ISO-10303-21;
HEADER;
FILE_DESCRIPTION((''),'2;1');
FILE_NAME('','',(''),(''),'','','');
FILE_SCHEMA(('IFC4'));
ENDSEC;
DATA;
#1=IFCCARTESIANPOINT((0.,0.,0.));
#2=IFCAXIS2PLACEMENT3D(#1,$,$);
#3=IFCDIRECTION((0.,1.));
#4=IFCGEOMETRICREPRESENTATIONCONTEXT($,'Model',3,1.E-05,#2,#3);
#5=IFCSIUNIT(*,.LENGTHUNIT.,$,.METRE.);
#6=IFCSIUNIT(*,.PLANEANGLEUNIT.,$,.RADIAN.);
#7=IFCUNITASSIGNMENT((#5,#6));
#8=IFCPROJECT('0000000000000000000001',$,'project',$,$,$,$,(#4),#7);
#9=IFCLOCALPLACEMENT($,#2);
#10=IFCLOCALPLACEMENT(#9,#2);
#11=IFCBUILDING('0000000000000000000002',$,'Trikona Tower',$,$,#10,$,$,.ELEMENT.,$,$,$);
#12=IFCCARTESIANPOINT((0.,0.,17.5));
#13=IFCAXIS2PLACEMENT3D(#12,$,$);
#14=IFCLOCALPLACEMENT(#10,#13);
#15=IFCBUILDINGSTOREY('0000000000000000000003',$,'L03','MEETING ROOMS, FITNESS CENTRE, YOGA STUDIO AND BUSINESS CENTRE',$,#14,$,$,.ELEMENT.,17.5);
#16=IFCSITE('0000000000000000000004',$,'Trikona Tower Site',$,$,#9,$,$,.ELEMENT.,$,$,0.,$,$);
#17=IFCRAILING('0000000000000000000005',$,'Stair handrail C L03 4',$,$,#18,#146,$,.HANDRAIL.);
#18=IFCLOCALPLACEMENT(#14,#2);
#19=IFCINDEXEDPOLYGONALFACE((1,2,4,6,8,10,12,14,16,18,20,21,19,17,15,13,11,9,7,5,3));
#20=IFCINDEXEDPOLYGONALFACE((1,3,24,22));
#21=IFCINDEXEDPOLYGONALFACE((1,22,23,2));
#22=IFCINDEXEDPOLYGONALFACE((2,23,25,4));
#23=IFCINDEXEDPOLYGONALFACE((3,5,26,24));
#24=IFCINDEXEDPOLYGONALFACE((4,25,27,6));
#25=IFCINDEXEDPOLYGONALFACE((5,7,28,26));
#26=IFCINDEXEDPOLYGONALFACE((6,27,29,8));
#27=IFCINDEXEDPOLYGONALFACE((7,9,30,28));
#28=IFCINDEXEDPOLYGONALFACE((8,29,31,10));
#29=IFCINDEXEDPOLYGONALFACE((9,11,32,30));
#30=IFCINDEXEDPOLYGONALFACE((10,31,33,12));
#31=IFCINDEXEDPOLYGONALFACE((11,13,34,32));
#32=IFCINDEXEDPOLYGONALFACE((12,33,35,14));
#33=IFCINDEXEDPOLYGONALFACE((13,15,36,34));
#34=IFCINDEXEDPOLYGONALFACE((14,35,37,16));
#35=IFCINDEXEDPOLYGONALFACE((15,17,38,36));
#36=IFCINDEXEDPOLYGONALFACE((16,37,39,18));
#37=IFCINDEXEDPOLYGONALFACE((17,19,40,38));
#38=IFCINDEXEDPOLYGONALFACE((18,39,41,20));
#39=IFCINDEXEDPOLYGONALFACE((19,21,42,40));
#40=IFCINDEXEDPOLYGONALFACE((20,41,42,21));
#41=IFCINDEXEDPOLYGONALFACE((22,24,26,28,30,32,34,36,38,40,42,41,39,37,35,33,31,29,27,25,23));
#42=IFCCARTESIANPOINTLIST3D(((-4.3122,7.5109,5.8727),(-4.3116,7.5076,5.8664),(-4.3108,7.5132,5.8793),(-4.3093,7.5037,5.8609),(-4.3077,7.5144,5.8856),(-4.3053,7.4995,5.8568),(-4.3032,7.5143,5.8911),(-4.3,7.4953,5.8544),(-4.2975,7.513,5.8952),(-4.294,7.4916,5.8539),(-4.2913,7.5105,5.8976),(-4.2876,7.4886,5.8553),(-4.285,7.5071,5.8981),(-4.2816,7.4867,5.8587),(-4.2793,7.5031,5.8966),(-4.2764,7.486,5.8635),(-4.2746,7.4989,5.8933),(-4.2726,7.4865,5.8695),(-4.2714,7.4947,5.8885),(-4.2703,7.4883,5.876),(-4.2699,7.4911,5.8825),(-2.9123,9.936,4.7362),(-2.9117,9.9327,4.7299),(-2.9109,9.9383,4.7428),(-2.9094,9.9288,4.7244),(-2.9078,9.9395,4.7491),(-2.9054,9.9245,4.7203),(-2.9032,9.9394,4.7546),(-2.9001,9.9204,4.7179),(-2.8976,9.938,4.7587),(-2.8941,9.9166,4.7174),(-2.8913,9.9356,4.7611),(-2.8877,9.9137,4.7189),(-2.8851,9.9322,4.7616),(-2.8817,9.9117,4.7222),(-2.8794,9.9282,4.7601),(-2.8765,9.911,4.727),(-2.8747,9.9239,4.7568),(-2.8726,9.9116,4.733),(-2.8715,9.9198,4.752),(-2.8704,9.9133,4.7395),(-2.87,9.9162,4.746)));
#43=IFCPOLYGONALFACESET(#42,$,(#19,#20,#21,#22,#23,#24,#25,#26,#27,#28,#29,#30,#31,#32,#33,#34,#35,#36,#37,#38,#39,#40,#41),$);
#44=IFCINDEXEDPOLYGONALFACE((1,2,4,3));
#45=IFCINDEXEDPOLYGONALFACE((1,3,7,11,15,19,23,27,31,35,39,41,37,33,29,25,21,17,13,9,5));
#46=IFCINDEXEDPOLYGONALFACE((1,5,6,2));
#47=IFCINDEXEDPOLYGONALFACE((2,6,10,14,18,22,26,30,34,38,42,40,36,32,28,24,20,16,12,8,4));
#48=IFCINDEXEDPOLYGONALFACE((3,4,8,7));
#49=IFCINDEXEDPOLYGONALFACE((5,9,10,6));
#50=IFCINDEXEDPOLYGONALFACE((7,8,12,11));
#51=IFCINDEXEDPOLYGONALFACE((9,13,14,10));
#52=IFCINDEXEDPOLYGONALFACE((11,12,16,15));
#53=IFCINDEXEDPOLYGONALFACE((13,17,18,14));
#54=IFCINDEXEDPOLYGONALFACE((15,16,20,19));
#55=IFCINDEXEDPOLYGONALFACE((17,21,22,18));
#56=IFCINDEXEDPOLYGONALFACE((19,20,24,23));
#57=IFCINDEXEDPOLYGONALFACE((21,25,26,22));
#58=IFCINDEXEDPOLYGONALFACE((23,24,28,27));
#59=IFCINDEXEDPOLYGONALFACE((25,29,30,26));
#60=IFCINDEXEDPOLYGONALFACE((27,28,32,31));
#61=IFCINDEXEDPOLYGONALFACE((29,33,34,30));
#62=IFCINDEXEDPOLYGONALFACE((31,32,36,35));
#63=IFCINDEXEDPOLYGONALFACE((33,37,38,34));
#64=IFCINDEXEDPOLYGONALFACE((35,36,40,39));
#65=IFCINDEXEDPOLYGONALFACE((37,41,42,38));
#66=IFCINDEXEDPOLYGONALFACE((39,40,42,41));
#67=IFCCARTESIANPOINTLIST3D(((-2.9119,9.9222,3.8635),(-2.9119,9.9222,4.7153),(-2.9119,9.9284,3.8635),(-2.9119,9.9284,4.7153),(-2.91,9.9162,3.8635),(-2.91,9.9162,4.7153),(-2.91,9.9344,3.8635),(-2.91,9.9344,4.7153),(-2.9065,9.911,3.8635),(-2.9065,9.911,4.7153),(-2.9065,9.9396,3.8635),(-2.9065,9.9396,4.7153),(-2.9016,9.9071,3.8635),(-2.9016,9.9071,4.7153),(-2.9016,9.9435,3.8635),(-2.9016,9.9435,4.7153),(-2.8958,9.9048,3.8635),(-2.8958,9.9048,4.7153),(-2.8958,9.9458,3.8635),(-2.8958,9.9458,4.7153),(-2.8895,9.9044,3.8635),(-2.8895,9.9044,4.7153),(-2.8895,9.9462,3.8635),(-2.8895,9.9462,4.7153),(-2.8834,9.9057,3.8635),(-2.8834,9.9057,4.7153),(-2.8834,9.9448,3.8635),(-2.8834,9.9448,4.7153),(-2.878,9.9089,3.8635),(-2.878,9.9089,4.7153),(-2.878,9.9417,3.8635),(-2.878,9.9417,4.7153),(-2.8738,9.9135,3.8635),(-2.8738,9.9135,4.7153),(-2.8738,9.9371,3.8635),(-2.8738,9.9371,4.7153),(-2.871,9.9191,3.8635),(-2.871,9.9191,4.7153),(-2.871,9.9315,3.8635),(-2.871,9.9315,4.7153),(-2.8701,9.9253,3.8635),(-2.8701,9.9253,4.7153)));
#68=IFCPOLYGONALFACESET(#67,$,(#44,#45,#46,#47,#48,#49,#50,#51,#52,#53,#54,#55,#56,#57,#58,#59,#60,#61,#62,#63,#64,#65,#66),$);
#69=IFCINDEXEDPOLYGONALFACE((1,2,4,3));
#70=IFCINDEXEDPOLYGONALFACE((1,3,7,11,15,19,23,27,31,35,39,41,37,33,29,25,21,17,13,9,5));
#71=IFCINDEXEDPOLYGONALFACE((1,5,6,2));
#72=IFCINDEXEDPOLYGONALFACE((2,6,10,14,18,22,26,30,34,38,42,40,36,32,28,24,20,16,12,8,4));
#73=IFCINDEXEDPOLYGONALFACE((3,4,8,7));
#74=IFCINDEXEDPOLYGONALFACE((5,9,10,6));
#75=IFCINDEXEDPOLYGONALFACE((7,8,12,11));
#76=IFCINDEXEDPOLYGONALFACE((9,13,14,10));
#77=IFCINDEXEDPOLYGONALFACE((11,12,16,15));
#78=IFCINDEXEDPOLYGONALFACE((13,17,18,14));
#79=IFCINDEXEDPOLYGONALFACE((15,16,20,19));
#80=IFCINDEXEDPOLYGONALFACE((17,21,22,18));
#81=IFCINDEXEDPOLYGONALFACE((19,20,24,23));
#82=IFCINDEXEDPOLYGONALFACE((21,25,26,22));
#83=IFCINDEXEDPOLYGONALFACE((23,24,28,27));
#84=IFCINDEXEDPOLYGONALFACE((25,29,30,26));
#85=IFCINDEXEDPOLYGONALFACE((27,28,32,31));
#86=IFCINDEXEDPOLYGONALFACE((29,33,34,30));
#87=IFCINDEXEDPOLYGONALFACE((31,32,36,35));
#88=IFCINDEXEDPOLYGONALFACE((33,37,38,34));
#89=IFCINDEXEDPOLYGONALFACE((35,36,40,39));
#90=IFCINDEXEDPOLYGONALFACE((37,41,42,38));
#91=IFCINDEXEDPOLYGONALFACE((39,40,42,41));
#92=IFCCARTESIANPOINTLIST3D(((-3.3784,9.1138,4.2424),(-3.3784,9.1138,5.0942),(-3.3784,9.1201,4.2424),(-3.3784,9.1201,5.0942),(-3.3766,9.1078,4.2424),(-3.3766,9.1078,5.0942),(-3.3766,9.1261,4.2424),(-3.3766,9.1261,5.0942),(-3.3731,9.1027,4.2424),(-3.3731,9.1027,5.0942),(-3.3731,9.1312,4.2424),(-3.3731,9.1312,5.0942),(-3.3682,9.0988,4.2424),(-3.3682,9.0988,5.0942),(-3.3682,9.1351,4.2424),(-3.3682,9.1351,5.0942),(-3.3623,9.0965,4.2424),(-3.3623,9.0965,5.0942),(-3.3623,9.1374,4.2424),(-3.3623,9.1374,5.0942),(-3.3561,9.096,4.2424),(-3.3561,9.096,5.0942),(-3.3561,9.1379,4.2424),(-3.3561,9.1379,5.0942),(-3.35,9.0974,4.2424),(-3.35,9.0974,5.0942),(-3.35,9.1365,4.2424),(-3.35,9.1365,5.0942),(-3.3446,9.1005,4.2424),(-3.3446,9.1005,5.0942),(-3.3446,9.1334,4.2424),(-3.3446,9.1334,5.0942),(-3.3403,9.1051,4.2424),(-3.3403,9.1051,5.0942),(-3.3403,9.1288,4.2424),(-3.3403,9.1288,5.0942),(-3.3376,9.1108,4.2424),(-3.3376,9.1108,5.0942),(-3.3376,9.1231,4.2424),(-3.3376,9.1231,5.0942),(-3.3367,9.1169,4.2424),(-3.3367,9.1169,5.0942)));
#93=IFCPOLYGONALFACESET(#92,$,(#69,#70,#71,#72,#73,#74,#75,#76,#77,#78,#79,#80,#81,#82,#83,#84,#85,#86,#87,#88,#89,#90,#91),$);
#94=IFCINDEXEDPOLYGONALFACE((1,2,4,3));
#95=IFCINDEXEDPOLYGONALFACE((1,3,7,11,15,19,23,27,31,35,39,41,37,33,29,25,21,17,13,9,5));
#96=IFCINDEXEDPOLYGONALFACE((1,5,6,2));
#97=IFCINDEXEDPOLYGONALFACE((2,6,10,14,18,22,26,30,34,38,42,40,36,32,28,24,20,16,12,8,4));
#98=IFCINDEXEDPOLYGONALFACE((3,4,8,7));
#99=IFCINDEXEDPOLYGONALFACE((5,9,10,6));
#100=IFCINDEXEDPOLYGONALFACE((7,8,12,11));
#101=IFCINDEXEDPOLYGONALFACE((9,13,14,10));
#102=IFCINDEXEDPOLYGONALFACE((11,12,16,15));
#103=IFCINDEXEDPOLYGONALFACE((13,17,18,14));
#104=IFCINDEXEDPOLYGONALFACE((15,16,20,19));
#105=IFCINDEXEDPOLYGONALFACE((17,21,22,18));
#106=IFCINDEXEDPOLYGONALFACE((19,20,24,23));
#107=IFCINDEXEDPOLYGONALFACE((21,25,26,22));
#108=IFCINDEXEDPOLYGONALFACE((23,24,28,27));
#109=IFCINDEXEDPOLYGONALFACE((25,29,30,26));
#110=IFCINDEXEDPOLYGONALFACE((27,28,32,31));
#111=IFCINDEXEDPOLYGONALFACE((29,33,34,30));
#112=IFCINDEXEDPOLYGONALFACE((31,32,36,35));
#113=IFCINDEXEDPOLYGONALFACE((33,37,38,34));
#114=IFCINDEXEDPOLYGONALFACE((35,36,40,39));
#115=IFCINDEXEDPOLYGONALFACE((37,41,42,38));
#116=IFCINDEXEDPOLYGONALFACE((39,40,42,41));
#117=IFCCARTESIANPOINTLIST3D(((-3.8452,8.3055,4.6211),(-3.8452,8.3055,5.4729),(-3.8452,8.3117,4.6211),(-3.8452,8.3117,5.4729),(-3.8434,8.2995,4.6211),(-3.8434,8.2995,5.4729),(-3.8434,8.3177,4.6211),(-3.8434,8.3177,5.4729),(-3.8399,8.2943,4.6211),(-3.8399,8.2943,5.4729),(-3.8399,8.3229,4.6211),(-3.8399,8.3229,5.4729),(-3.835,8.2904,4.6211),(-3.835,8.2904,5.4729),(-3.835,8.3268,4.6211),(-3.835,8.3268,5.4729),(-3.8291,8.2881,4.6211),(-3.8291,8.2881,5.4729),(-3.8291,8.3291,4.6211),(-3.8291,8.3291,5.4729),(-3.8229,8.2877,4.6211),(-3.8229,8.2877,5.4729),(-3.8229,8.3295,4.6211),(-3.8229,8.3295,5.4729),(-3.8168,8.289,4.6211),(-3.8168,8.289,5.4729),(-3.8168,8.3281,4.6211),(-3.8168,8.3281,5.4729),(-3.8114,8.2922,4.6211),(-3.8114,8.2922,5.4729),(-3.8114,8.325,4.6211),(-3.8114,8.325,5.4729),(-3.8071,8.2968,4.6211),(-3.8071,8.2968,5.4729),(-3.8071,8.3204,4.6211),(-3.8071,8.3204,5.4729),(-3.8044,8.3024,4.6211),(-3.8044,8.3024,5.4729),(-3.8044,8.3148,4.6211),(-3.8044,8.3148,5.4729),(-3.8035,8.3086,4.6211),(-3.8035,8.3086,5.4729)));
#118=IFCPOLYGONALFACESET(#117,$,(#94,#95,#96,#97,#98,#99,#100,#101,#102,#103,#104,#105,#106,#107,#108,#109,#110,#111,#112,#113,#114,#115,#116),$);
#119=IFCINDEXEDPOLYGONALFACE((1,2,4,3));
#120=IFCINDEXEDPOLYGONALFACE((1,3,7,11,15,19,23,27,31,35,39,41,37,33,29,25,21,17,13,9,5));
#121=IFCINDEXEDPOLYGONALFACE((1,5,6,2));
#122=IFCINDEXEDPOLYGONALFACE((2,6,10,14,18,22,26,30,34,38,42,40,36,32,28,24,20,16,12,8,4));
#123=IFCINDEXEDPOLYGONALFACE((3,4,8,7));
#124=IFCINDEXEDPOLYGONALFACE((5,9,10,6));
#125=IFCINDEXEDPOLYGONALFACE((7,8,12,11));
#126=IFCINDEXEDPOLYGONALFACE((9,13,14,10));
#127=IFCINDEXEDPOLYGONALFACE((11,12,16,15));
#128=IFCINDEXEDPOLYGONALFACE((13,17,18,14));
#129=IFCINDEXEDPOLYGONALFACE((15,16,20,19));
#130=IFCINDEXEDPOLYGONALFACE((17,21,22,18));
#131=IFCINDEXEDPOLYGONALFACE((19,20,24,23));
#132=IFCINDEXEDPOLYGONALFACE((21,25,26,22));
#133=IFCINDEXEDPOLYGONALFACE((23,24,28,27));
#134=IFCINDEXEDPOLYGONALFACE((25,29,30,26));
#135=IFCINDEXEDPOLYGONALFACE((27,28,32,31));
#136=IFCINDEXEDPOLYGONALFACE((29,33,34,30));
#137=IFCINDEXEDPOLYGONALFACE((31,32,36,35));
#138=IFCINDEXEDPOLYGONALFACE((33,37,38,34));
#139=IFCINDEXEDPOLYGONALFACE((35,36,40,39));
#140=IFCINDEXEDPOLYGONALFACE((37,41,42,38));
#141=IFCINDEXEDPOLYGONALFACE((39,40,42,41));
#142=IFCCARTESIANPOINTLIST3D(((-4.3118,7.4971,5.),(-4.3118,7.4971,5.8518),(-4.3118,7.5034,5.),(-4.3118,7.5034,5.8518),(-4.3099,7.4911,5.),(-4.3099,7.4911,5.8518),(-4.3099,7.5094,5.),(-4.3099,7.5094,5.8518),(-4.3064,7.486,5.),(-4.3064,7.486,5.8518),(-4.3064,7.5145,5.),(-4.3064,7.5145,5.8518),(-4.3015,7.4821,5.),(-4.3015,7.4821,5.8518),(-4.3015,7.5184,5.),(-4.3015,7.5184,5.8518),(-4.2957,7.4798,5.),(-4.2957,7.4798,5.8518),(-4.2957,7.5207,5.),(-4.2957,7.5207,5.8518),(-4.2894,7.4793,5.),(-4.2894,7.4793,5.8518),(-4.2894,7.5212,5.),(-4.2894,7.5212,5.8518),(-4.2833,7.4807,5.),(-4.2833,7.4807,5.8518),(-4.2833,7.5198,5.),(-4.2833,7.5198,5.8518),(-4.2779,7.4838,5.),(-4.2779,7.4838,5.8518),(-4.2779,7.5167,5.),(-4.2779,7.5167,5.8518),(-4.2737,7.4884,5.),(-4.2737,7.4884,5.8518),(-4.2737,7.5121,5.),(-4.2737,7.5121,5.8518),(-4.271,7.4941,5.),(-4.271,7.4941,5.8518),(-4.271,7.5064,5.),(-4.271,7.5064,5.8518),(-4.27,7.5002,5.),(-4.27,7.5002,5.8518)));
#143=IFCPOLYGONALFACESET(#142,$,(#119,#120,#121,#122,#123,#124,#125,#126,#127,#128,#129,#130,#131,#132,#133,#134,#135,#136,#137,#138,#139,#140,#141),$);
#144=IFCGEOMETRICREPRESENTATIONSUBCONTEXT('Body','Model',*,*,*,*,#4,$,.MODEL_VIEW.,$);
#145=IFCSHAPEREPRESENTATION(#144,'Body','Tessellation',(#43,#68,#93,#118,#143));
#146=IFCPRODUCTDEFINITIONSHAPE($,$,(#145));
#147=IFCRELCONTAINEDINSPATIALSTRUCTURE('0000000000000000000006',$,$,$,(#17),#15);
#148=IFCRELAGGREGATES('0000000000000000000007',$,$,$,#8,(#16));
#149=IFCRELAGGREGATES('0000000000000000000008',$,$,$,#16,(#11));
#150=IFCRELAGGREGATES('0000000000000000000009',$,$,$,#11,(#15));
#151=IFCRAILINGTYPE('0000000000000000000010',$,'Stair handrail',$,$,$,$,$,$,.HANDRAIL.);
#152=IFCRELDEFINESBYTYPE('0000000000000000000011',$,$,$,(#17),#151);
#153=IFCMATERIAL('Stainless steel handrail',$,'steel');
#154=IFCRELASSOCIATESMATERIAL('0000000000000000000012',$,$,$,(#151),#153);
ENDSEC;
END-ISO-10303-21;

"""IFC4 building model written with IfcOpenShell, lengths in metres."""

from ifc_helpers import new_model, si_unit, direction, frame, origin, origin_2d, place, context, subcontext, project, spatial, circle, extrude, material, type_object, element, save


model = new_model("IFC4")

# Units and contexts
model_context = context("Model", 3, precision=1e-05, world=origin(), true_north=direction((0.0, 1.0)))
body_context = subcontext(model_context, "Body", "Model", "MODEL_VIEW")
ifc_project = project(units=[si_unit("LENGTHUNIT", "METRE"), si_unit("PLANEANGLEUNIT", "RADIAN")], contexts=[model_context])

# Site, building, storey
site_placement = place(None, origin())
site = spatial("IfcSite", under=ifc_project, at=site_placement, Name="Trikona Tower Site", CompositionType="ELEMENT", RefElevation=0.0)
building_placement = place(site_placement, origin())
building = spatial("IfcBuilding", under=site, at=building_placement, Name="Trikona Tower", CompositionType="ELEMENT")
storey_placement = place(building_placement, frame((0.0, 0.0, 17.5)))
storey = spatial("IfcBuildingStorey", under=building, at=storey_placement, Name="L03", Description="MEETING ROOMS, FITNESS CENTRE, YOGA STUDIO AND BUSINESS CENTRE", CompositionType="ELEMENT", Elevation=17.5)

# Railing
ifc_material_1 = material(Name="Stainless steel handrail", Category="steel")
railing_type = type_object("IfcRailingType", Name="Stair handrail", PredefinedType="HANDRAIL", material=ifc_material_1)
railing_1_placement = place(storey_placement, frame((-2.8911, 9.9253, 3.8635)))
element("IfcRailing", 1, at=railing_1_placement, inside=storey, type_object=railing_type, Name="Stair handrail C L03 4", PredefinedType="HANDRAIL", context=body_context, shape_type="SweptSolid", body=[
    extrude(circle(Radius=0.0239, at=origin_2d()), frame((0.0, 0.0, 0.876), z_axis=(-0.463245, -0.802479, 0.376074), x_axis=(0.866056, -0.499946, 0.0)), (0.0, 0.0, 1.0), 3.022),
    extrude(circle(Radius=0.021, at=origin_2d()), origin(), (0.0, 0.0, 1.0), 0.8518),
    extrude(circle(Radius=0.021, at=origin_2d()), frame((-0.4666, -0.8083, 0.3789)), (0.0, 0.0, 1.0), 0.8518),
    extrude(circle(Radius=0.021, at=origin_2d()), frame((-0.9333, -1.6167, 0.7576)), (0.0, 0.0, 1.0), 0.8518),
    extrude(circle(Radius=0.021, at=origin_2d()), frame((-1.3999, -2.425, 1.1365)), (0.0, 0.0, 1.0), 0.8518),
])

save(model, "model.ifc")
